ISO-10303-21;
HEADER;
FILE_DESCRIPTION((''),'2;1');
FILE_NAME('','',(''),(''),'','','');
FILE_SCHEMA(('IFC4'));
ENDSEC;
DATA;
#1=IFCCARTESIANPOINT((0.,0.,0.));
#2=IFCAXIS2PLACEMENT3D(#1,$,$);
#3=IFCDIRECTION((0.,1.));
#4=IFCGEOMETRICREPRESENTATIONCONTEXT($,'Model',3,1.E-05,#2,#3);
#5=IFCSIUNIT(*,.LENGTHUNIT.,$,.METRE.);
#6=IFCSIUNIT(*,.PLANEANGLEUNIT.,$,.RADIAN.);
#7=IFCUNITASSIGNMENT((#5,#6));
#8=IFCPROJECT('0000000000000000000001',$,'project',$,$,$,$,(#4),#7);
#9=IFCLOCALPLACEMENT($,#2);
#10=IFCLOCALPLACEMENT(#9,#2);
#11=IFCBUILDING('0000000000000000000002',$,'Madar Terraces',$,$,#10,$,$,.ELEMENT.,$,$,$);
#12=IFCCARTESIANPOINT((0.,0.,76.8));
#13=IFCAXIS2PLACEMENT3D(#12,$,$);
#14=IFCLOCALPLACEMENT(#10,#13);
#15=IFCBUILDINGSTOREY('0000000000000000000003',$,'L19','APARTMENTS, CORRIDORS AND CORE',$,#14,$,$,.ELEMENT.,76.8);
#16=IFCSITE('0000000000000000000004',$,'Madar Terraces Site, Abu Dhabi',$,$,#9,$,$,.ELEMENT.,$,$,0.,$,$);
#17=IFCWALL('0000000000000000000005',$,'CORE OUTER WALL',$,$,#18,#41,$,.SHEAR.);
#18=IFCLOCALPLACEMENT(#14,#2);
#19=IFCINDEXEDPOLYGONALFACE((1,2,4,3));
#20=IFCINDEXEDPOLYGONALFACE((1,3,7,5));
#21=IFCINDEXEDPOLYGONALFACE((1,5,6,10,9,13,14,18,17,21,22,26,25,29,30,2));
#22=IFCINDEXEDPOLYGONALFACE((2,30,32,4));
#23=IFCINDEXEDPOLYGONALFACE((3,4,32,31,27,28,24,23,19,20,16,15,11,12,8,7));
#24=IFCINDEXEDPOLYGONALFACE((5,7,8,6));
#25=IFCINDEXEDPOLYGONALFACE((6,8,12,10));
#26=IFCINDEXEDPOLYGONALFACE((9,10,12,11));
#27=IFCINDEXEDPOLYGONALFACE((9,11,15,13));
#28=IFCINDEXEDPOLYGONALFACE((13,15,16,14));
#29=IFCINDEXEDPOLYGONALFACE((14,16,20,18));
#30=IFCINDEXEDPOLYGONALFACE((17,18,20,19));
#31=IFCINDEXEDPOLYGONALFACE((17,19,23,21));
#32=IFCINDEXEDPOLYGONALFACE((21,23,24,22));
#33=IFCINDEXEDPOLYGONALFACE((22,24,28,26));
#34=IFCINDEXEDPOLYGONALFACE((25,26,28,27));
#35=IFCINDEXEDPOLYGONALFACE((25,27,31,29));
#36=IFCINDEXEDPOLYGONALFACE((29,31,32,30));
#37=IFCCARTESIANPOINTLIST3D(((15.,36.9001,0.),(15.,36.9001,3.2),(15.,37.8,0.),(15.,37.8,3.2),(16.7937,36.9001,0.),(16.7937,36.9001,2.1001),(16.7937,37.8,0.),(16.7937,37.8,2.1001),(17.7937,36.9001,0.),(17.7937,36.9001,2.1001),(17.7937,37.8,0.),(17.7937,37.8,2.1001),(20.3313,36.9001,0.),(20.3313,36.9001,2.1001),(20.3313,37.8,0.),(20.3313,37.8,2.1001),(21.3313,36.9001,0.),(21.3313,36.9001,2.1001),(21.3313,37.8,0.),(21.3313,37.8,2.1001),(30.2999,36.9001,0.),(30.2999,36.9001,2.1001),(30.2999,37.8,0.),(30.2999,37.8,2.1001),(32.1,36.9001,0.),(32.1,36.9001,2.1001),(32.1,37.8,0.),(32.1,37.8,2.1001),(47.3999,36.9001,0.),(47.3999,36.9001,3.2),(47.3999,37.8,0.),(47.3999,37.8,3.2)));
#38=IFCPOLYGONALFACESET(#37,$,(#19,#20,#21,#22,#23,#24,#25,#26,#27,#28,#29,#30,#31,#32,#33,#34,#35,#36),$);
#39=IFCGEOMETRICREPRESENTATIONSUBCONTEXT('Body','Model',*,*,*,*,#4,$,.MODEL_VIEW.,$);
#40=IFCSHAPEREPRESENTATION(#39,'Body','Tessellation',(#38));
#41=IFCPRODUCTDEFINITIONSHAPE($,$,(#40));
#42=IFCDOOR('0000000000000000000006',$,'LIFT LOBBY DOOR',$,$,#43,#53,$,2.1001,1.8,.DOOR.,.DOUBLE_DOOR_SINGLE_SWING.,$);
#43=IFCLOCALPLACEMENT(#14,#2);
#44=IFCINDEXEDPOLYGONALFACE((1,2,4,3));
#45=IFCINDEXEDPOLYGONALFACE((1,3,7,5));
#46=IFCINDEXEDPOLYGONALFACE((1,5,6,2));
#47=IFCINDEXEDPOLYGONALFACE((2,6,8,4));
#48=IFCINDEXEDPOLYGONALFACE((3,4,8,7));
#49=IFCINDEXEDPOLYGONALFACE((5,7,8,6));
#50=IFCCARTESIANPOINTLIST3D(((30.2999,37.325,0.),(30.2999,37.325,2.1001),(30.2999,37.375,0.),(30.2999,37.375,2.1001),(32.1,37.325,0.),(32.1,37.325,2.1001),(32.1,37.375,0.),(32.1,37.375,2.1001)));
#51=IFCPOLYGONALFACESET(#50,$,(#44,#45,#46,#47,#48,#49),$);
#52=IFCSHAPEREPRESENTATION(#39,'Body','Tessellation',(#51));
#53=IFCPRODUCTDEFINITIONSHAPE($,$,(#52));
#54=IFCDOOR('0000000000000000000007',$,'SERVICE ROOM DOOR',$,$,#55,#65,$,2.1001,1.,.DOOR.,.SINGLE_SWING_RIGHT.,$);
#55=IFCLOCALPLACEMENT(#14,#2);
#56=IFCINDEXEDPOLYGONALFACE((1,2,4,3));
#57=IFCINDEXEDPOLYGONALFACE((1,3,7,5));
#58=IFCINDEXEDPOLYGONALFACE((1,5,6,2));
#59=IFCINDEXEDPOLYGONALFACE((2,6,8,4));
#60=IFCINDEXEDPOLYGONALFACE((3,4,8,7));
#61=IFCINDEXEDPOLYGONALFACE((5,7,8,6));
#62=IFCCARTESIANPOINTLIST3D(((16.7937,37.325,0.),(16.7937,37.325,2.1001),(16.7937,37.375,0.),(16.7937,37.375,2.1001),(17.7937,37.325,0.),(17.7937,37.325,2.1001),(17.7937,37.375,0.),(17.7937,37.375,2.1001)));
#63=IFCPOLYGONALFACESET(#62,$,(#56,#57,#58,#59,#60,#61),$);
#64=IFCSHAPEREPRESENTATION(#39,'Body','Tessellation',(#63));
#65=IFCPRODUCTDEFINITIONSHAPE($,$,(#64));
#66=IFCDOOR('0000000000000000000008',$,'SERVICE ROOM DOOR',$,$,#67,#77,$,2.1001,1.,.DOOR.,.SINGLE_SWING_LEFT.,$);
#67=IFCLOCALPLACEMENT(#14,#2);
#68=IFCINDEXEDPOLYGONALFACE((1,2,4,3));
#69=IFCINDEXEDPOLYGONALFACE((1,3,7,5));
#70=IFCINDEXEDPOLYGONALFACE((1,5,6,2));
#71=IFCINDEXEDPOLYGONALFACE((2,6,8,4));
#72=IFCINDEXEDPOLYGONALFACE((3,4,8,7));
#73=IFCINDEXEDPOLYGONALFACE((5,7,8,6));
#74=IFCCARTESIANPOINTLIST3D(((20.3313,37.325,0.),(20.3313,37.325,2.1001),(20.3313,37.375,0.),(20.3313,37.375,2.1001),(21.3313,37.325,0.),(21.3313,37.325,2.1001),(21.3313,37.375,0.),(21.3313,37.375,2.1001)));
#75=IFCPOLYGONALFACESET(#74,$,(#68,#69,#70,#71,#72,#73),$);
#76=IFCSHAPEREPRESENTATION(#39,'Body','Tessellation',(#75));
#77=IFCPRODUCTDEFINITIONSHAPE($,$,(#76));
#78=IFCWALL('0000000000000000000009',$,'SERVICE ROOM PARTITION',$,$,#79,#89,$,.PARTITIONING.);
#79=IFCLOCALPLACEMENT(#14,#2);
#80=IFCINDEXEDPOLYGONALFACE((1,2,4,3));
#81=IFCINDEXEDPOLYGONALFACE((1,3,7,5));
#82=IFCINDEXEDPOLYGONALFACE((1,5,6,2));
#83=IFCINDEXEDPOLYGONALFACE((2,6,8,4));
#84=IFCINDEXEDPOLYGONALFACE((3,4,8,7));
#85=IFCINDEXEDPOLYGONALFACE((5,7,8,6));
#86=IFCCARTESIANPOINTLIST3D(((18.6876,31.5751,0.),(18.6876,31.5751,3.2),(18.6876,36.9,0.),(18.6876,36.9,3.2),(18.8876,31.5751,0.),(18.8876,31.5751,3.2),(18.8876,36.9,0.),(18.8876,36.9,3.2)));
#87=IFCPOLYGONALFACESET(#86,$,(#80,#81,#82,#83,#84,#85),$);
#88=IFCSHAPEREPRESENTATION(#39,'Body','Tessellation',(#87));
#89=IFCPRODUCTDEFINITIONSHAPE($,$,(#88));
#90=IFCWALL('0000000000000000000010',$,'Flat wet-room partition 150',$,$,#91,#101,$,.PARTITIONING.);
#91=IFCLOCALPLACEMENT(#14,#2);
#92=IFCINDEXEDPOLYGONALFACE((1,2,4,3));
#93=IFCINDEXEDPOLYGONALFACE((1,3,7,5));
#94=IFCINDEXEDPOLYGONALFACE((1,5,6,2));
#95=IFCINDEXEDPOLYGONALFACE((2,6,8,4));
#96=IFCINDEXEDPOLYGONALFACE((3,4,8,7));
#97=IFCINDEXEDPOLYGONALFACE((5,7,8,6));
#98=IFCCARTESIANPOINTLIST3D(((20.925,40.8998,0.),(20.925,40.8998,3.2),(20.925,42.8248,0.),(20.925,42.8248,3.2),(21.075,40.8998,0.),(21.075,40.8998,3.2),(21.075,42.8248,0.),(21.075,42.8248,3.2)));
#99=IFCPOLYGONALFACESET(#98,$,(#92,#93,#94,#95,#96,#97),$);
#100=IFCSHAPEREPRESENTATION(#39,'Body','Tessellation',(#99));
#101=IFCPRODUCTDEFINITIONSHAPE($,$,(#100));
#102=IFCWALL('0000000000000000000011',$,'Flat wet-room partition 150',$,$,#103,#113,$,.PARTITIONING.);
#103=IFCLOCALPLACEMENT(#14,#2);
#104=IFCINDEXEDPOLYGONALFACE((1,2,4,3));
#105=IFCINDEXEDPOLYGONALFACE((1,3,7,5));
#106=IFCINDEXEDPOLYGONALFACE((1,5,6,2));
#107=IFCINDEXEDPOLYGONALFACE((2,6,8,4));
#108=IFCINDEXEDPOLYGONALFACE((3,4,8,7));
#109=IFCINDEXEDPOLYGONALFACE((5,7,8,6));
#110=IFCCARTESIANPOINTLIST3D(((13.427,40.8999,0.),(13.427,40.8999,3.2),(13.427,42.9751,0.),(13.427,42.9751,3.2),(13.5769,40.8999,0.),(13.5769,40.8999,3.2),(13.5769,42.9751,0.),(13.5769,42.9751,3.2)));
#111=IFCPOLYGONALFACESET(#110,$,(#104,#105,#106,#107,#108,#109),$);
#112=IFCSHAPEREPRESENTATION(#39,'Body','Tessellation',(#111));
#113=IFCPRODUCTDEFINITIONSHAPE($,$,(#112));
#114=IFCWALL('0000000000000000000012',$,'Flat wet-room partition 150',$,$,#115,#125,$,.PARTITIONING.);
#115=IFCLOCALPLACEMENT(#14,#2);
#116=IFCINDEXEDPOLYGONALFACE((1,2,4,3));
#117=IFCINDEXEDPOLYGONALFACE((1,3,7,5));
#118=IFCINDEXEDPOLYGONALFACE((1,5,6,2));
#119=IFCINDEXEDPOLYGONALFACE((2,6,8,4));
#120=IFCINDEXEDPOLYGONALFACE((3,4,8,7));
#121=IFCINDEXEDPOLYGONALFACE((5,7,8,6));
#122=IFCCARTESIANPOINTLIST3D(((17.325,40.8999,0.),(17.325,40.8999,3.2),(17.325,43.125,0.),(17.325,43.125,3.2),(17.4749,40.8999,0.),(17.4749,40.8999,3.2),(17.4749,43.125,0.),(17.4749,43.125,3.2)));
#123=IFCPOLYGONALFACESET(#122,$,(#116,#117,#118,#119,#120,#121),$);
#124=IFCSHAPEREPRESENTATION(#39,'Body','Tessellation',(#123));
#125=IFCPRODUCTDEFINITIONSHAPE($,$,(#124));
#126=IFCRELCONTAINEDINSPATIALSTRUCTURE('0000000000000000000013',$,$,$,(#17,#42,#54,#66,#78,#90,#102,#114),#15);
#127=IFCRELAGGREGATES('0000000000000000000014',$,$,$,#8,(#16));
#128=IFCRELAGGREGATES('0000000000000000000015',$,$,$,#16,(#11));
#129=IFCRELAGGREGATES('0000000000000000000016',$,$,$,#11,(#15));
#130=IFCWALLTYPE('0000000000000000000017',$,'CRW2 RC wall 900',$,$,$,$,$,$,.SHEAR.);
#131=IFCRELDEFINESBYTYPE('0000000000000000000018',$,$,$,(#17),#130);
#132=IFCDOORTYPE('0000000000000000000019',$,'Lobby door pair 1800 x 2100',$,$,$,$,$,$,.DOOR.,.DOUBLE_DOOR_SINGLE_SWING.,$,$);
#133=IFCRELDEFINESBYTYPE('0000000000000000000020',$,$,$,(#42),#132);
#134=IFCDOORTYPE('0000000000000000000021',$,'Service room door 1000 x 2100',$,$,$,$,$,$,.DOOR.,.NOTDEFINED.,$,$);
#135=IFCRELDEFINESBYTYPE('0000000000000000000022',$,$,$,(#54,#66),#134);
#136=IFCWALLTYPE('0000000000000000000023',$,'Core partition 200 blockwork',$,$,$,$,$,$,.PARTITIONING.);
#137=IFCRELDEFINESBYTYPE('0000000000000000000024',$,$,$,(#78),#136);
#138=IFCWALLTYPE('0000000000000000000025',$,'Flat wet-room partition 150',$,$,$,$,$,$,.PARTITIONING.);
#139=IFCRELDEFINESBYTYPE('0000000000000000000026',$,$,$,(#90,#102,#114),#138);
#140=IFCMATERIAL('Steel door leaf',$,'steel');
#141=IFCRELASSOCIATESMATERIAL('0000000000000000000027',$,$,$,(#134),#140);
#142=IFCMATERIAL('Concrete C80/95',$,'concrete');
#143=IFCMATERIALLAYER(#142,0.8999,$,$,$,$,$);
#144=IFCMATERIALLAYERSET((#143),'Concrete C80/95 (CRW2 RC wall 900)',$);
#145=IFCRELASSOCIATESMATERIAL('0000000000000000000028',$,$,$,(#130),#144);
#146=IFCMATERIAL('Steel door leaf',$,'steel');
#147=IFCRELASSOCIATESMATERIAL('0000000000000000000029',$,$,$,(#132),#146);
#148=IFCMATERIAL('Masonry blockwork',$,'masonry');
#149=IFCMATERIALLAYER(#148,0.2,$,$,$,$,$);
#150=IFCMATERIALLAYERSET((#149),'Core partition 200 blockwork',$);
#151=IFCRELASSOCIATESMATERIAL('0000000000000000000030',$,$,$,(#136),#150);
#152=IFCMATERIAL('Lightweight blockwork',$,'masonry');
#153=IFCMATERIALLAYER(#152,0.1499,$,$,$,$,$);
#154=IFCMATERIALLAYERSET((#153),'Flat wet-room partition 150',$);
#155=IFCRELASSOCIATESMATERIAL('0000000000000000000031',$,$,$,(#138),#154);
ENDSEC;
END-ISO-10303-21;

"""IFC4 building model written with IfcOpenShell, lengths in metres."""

from ifc_helpers import new_model, si_unit, direction, frame, frame_2d, origin, place, context, subcontext, project, spatial, rectangle, extrude, material, layer, layer_set, type_object, element, fill, save


model = new_model("IFC4")

# Units and contexts
model_context = context("Model", 3, precision=1e-05, world=origin(), true_north=direction((0.0, 1.0)))
body_context = subcontext(model_context, "Body", "Model", "MODEL_VIEW")
ifc_project = project(units=[si_unit("LENGTHUNIT", "METRE"), si_unit("PLANEANGLEUNIT", "RADIAN")], contexts=[model_context])

# Site, building, storey
site_placement = place(None, origin())
site = spatial("IfcSite", under=ifc_project, at=site_placement, Name="Madar Terraces Site, Abu Dhabi", CompositionType="ELEMENT", RefElevation=0.0)
building_placement = place(site_placement, origin())
building = spatial("IfcBuilding", under=site, at=building_placement, Name="Madar Terraces", CompositionType="ELEMENT")
storey_placement = place(building_placement, frame((0.0, 0.0, 76.8)))
storey = spatial("IfcBuildingStorey", under=building, at=storey_placement, Name="L19", Description="APARTMENTS, CORRIDORS AND CORE", CompositionType="ELEMENT", Elevation=76.8)

# Shared definitions
ifc_material_1 = material(Name="Steel door leaf", Category="steel")
door_type_1 = type_object("IfcDoorType", Name="Service room door 1000 x 2100", OperationType="NOTDEFINED", PredefinedType="DOOR", material=ifc_material_1)

# Wall, openings, doors
ifc_material_2 = material(Name="Concrete C80/95", Category="concrete")
ifc_layer_1 = layer(ifc_material_2, 0.8999)
ifc_layer_set_1 = layer_set([ifc_layer_1], Name="Concrete C80/95 (CRW2 RC wall 900)")
wall_type_1 = type_object("IfcWallType", Name="CRW2 RC wall 900", PredefinedType="SHEAR", material=ifc_layer_set_1)
wall_1_placement = place(storey_placement, frame((15.0, 37.3501, 0.0), z_axis=(0.0, 0.0, 1.0), x_axis=(1.0, 0.0, 0.0)))
wall_1 = element("IfcWall", 1, at=wall_1_placement, inside=storey, type_object=wall_type_1, Name="CORE OUTER WALL", PredefinedType="SHEAR", context=body_context, shape_type="SweptSolid", body=[
    extrude(rectangle(XDim=32.3999, YDim=0.8999, at=frame_2d((16.2, 0.0))), origin(), (0.0, 0.0, 1.0), 3.2),
])
opening_1_placement = place(wall_1_placement, frame((15.3, 0.0, 0.0)))
opening_1 = element("IfcOpeningElement", 2, at=opening_1_placement, cuts=wall_1, PredefinedType="OPENING", context=body_context, shape_type="SweptSolid", body=[
    extrude(rectangle(XDim=1.8, YDim=2.1001, at=frame_2d((0.8999, 1.05))), frame((0.0, 0.46, 0.0), z_axis=(0.0, -1.0, 0.0), x_axis=(1.0, 0.0, 0.0)), (0.0, 0.0, 1.0), 0.9199),
])
opening_2_placement = place(wall_1_placement, frame((1.7937, 0.0, 0.0)))
opening_2 = element("IfcOpeningElement", 3, at=opening_2_placement, cuts=wall_1, PredefinedType="OPENING", context=body_context, shape_type="SweptSolid", body=[
    extrude(rectangle(XDim=1.0, YDim=2.1001, at=frame_2d((0.5, 1.05))), frame((0.0, 0.46, 0.0), z_axis=(0.0, -1.0, 0.0), x_axis=(1.0, 0.0, 0.0)), (0.0, 0.0, 1.0), 0.9199),
])
opening_3_placement = place(wall_1_placement, frame((5.3313, 0.0, 0.0)))
opening_3 = element("IfcOpeningElement", 4, at=opening_3_placement, cuts=wall_1, PredefinedType="OPENING", context=body_context, shape_type="SweptSolid", body=[
    extrude(rectangle(XDim=1.0, YDim=2.1001, at=frame_2d((0.5, 1.05))), frame((0.0, 0.46, 0.0), z_axis=(0.0, -1.0, 0.0), x_axis=(1.0, 0.0, 0.0)), (0.0, 0.0, 1.0), 0.9199),
])
ifc_material_3 = material(Name="Steel door leaf", Category="steel")
door_type_2 = type_object("IfcDoorType", Name="Lobby door pair 1800 x 2100", OperationType="DOUBLE_DOOR_SINGLE_SWING", PredefinedType="DOOR", material=ifc_material_3)
door_1_placement = place(opening_1_placement, origin())
door_1 = element("IfcDoor", 5, at=door_1_placement, inside=storey, type_object=door_type_2, Name="LIFT LOBBY DOOR", OperationType="DOUBLE_DOOR_SINGLE_SWING", OverallHeight=2.1001, OverallWidth=1.8, PredefinedType="DOOR", context=body_context, shape_type="SweptSolid", body=[
    extrude(rectangle(XDim=1.8, YDim=2.1001, at=frame_2d((0.8999, 1.05))), frame((0.0, 0.0249, 0.0), z_axis=(0.0, -1.0, 0.0), x_axis=(1.0, 0.0, 0.0)), (0.0, 0.0, 1.0), 0.05),
])
fill(opening_1, door_1)
door_2_placement = place(opening_2_placement, origin())
door_2 = element("IfcDoor", 6, at=door_2_placement, inside=storey, type_object=door_type_1, Name="SERVICE ROOM DOOR", OperationType="SINGLE_SWING_RIGHT", OverallHeight=2.1001, OverallWidth=1.0, PredefinedType="DOOR", context=body_context, shape_type="SweptSolid", body=[
    extrude(rectangle(XDim=1.0, YDim=2.1001, at=frame_2d((0.5, 1.05))), frame((0.0, 0.0249, 0.0), z_axis=(0.0, -1.0, 0.0), x_axis=(1.0, 0.0, 0.0)), (0.0, 0.0, 1.0), 0.05),
])
fill(opening_2, door_2)
door_3_placement = place(opening_3_placement, origin())
door_3 = element("IfcDoor", 7, at=door_3_placement, inside=storey, type_object=door_type_1, Name="SERVICE ROOM DOOR", OperationType="SINGLE_SWING_LEFT", OverallHeight=2.1001, OverallWidth=1.0, PredefinedType="DOOR", context=body_context, shape_type="SweptSolid", body=[
    extrude(rectangle(XDim=1.0, YDim=2.1001, at=frame_2d((0.5, 1.05))), frame((0.0, 0.0249, 0.0), z_axis=(0.0, -1.0, 0.0), x_axis=(1.0, 0.0, 0.0)), (0.0, 0.0, 1.0), 0.05),
])
fill(opening_3, door_3)

# Walls
ifc_material_4 = material(Name="Masonry blockwork", Category="masonry")
ifc_layer_2 = layer(ifc_material_4, 0.2)
ifc_layer_set_2 = layer_set([ifc_layer_2], Name="Core partition 200 blockwork")
wall_type_2 = type_object("IfcWallType", Name="Core partition 200 blockwork", PredefinedType="PARTITIONING", material=ifc_layer_set_2)
wall_2_placement = place(storey_placement, frame((18.7876, 31.575, 0.0), z_axis=(0.0, 0.0, 1.0), x_axis=(0.0, 1.0, 0.0)))
element("IfcWall", 8, at=wall_2_placement, inside=storey, type_object=wall_type_2, Name="SERVICE ROOM PARTITION", PredefinedType="PARTITIONING", context=body_context, shape_type="SweptSolid", body=[
    extrude(rectangle(XDim=5.325, YDim=0.2, at=frame_2d((2.6626, 0.0))), origin(), (0.0, 0.0, 1.0), 3.2),
])
ifc_material_5 = material(Name="Lightweight blockwork", Category="masonry")
ifc_layer_3 = layer(ifc_material_5, 0.1499)
ifc_layer_set_3 = layer_set([ifc_layer_3], Name="Flat wet-room partition 150")
wall_type_3 = type_object("IfcWallType", Name="Flat wet-room partition 150", PredefinedType="PARTITIONING", material=ifc_layer_set_3)
wall_3_placement = place(storey_placement, frame((21.0, 40.8999, 0.0), z_axis=(0.0, 0.0, 1.0), x_axis=(0.0, 1.0, 0.0)))
element("IfcWall", 9, at=wall_3_placement, inside=storey, type_object=wall_type_3, Name="Flat wet-room partition 150", PredefinedType="PARTITIONING", context=body_context, shape_type="SweptSolid", body=[
    extrude(rectangle(XDim=1.925, YDim=0.1499, at=frame_2d((0.9624, 0.0))), origin(), (0.0, 0.0, 1.0), 3.2),
])
wall_4_placement = place(storey_placement, frame((13.502, 40.8999, 0.0), z_axis=(0.0, 0.0, 1.0), x_axis=(0.0, 1.0, 0.0)))
element("IfcWall", 10, at=wall_4_placement, inside=storey, type_object=wall_type_3, Name="Flat wet-room partition 150", PredefinedType="PARTITIONING", context=body_context, shape_type="SweptSolid", body=[
    extrude(rectangle(XDim=2.0752, YDim=0.1499, at=frame_2d((1.0376, 0.0))), origin(), (0.0, 0.0, 1.0), 3.2),
])
wall_5_placement = place(storey_placement, frame((17.3999, 40.8999, 0.0), z_axis=(0.0, 0.0, 1.0), x_axis=(0.0, 1.0, 0.0)))
element("IfcWall", 11, at=wall_5_placement, inside=storey, type_object=wall_type_3, Name="Flat wet-room partition 150", PredefinedType="PARTITIONING", context=body_context, shape_type="SweptSolid", body=[
    extrude(rectangle(XDim=2.2251, YDim=0.1499, at=frame_2d((1.1125, 0.0))), origin(), (0.0, 0.0, 1.0), 3.2),
])

save(model, "model.ifc")
